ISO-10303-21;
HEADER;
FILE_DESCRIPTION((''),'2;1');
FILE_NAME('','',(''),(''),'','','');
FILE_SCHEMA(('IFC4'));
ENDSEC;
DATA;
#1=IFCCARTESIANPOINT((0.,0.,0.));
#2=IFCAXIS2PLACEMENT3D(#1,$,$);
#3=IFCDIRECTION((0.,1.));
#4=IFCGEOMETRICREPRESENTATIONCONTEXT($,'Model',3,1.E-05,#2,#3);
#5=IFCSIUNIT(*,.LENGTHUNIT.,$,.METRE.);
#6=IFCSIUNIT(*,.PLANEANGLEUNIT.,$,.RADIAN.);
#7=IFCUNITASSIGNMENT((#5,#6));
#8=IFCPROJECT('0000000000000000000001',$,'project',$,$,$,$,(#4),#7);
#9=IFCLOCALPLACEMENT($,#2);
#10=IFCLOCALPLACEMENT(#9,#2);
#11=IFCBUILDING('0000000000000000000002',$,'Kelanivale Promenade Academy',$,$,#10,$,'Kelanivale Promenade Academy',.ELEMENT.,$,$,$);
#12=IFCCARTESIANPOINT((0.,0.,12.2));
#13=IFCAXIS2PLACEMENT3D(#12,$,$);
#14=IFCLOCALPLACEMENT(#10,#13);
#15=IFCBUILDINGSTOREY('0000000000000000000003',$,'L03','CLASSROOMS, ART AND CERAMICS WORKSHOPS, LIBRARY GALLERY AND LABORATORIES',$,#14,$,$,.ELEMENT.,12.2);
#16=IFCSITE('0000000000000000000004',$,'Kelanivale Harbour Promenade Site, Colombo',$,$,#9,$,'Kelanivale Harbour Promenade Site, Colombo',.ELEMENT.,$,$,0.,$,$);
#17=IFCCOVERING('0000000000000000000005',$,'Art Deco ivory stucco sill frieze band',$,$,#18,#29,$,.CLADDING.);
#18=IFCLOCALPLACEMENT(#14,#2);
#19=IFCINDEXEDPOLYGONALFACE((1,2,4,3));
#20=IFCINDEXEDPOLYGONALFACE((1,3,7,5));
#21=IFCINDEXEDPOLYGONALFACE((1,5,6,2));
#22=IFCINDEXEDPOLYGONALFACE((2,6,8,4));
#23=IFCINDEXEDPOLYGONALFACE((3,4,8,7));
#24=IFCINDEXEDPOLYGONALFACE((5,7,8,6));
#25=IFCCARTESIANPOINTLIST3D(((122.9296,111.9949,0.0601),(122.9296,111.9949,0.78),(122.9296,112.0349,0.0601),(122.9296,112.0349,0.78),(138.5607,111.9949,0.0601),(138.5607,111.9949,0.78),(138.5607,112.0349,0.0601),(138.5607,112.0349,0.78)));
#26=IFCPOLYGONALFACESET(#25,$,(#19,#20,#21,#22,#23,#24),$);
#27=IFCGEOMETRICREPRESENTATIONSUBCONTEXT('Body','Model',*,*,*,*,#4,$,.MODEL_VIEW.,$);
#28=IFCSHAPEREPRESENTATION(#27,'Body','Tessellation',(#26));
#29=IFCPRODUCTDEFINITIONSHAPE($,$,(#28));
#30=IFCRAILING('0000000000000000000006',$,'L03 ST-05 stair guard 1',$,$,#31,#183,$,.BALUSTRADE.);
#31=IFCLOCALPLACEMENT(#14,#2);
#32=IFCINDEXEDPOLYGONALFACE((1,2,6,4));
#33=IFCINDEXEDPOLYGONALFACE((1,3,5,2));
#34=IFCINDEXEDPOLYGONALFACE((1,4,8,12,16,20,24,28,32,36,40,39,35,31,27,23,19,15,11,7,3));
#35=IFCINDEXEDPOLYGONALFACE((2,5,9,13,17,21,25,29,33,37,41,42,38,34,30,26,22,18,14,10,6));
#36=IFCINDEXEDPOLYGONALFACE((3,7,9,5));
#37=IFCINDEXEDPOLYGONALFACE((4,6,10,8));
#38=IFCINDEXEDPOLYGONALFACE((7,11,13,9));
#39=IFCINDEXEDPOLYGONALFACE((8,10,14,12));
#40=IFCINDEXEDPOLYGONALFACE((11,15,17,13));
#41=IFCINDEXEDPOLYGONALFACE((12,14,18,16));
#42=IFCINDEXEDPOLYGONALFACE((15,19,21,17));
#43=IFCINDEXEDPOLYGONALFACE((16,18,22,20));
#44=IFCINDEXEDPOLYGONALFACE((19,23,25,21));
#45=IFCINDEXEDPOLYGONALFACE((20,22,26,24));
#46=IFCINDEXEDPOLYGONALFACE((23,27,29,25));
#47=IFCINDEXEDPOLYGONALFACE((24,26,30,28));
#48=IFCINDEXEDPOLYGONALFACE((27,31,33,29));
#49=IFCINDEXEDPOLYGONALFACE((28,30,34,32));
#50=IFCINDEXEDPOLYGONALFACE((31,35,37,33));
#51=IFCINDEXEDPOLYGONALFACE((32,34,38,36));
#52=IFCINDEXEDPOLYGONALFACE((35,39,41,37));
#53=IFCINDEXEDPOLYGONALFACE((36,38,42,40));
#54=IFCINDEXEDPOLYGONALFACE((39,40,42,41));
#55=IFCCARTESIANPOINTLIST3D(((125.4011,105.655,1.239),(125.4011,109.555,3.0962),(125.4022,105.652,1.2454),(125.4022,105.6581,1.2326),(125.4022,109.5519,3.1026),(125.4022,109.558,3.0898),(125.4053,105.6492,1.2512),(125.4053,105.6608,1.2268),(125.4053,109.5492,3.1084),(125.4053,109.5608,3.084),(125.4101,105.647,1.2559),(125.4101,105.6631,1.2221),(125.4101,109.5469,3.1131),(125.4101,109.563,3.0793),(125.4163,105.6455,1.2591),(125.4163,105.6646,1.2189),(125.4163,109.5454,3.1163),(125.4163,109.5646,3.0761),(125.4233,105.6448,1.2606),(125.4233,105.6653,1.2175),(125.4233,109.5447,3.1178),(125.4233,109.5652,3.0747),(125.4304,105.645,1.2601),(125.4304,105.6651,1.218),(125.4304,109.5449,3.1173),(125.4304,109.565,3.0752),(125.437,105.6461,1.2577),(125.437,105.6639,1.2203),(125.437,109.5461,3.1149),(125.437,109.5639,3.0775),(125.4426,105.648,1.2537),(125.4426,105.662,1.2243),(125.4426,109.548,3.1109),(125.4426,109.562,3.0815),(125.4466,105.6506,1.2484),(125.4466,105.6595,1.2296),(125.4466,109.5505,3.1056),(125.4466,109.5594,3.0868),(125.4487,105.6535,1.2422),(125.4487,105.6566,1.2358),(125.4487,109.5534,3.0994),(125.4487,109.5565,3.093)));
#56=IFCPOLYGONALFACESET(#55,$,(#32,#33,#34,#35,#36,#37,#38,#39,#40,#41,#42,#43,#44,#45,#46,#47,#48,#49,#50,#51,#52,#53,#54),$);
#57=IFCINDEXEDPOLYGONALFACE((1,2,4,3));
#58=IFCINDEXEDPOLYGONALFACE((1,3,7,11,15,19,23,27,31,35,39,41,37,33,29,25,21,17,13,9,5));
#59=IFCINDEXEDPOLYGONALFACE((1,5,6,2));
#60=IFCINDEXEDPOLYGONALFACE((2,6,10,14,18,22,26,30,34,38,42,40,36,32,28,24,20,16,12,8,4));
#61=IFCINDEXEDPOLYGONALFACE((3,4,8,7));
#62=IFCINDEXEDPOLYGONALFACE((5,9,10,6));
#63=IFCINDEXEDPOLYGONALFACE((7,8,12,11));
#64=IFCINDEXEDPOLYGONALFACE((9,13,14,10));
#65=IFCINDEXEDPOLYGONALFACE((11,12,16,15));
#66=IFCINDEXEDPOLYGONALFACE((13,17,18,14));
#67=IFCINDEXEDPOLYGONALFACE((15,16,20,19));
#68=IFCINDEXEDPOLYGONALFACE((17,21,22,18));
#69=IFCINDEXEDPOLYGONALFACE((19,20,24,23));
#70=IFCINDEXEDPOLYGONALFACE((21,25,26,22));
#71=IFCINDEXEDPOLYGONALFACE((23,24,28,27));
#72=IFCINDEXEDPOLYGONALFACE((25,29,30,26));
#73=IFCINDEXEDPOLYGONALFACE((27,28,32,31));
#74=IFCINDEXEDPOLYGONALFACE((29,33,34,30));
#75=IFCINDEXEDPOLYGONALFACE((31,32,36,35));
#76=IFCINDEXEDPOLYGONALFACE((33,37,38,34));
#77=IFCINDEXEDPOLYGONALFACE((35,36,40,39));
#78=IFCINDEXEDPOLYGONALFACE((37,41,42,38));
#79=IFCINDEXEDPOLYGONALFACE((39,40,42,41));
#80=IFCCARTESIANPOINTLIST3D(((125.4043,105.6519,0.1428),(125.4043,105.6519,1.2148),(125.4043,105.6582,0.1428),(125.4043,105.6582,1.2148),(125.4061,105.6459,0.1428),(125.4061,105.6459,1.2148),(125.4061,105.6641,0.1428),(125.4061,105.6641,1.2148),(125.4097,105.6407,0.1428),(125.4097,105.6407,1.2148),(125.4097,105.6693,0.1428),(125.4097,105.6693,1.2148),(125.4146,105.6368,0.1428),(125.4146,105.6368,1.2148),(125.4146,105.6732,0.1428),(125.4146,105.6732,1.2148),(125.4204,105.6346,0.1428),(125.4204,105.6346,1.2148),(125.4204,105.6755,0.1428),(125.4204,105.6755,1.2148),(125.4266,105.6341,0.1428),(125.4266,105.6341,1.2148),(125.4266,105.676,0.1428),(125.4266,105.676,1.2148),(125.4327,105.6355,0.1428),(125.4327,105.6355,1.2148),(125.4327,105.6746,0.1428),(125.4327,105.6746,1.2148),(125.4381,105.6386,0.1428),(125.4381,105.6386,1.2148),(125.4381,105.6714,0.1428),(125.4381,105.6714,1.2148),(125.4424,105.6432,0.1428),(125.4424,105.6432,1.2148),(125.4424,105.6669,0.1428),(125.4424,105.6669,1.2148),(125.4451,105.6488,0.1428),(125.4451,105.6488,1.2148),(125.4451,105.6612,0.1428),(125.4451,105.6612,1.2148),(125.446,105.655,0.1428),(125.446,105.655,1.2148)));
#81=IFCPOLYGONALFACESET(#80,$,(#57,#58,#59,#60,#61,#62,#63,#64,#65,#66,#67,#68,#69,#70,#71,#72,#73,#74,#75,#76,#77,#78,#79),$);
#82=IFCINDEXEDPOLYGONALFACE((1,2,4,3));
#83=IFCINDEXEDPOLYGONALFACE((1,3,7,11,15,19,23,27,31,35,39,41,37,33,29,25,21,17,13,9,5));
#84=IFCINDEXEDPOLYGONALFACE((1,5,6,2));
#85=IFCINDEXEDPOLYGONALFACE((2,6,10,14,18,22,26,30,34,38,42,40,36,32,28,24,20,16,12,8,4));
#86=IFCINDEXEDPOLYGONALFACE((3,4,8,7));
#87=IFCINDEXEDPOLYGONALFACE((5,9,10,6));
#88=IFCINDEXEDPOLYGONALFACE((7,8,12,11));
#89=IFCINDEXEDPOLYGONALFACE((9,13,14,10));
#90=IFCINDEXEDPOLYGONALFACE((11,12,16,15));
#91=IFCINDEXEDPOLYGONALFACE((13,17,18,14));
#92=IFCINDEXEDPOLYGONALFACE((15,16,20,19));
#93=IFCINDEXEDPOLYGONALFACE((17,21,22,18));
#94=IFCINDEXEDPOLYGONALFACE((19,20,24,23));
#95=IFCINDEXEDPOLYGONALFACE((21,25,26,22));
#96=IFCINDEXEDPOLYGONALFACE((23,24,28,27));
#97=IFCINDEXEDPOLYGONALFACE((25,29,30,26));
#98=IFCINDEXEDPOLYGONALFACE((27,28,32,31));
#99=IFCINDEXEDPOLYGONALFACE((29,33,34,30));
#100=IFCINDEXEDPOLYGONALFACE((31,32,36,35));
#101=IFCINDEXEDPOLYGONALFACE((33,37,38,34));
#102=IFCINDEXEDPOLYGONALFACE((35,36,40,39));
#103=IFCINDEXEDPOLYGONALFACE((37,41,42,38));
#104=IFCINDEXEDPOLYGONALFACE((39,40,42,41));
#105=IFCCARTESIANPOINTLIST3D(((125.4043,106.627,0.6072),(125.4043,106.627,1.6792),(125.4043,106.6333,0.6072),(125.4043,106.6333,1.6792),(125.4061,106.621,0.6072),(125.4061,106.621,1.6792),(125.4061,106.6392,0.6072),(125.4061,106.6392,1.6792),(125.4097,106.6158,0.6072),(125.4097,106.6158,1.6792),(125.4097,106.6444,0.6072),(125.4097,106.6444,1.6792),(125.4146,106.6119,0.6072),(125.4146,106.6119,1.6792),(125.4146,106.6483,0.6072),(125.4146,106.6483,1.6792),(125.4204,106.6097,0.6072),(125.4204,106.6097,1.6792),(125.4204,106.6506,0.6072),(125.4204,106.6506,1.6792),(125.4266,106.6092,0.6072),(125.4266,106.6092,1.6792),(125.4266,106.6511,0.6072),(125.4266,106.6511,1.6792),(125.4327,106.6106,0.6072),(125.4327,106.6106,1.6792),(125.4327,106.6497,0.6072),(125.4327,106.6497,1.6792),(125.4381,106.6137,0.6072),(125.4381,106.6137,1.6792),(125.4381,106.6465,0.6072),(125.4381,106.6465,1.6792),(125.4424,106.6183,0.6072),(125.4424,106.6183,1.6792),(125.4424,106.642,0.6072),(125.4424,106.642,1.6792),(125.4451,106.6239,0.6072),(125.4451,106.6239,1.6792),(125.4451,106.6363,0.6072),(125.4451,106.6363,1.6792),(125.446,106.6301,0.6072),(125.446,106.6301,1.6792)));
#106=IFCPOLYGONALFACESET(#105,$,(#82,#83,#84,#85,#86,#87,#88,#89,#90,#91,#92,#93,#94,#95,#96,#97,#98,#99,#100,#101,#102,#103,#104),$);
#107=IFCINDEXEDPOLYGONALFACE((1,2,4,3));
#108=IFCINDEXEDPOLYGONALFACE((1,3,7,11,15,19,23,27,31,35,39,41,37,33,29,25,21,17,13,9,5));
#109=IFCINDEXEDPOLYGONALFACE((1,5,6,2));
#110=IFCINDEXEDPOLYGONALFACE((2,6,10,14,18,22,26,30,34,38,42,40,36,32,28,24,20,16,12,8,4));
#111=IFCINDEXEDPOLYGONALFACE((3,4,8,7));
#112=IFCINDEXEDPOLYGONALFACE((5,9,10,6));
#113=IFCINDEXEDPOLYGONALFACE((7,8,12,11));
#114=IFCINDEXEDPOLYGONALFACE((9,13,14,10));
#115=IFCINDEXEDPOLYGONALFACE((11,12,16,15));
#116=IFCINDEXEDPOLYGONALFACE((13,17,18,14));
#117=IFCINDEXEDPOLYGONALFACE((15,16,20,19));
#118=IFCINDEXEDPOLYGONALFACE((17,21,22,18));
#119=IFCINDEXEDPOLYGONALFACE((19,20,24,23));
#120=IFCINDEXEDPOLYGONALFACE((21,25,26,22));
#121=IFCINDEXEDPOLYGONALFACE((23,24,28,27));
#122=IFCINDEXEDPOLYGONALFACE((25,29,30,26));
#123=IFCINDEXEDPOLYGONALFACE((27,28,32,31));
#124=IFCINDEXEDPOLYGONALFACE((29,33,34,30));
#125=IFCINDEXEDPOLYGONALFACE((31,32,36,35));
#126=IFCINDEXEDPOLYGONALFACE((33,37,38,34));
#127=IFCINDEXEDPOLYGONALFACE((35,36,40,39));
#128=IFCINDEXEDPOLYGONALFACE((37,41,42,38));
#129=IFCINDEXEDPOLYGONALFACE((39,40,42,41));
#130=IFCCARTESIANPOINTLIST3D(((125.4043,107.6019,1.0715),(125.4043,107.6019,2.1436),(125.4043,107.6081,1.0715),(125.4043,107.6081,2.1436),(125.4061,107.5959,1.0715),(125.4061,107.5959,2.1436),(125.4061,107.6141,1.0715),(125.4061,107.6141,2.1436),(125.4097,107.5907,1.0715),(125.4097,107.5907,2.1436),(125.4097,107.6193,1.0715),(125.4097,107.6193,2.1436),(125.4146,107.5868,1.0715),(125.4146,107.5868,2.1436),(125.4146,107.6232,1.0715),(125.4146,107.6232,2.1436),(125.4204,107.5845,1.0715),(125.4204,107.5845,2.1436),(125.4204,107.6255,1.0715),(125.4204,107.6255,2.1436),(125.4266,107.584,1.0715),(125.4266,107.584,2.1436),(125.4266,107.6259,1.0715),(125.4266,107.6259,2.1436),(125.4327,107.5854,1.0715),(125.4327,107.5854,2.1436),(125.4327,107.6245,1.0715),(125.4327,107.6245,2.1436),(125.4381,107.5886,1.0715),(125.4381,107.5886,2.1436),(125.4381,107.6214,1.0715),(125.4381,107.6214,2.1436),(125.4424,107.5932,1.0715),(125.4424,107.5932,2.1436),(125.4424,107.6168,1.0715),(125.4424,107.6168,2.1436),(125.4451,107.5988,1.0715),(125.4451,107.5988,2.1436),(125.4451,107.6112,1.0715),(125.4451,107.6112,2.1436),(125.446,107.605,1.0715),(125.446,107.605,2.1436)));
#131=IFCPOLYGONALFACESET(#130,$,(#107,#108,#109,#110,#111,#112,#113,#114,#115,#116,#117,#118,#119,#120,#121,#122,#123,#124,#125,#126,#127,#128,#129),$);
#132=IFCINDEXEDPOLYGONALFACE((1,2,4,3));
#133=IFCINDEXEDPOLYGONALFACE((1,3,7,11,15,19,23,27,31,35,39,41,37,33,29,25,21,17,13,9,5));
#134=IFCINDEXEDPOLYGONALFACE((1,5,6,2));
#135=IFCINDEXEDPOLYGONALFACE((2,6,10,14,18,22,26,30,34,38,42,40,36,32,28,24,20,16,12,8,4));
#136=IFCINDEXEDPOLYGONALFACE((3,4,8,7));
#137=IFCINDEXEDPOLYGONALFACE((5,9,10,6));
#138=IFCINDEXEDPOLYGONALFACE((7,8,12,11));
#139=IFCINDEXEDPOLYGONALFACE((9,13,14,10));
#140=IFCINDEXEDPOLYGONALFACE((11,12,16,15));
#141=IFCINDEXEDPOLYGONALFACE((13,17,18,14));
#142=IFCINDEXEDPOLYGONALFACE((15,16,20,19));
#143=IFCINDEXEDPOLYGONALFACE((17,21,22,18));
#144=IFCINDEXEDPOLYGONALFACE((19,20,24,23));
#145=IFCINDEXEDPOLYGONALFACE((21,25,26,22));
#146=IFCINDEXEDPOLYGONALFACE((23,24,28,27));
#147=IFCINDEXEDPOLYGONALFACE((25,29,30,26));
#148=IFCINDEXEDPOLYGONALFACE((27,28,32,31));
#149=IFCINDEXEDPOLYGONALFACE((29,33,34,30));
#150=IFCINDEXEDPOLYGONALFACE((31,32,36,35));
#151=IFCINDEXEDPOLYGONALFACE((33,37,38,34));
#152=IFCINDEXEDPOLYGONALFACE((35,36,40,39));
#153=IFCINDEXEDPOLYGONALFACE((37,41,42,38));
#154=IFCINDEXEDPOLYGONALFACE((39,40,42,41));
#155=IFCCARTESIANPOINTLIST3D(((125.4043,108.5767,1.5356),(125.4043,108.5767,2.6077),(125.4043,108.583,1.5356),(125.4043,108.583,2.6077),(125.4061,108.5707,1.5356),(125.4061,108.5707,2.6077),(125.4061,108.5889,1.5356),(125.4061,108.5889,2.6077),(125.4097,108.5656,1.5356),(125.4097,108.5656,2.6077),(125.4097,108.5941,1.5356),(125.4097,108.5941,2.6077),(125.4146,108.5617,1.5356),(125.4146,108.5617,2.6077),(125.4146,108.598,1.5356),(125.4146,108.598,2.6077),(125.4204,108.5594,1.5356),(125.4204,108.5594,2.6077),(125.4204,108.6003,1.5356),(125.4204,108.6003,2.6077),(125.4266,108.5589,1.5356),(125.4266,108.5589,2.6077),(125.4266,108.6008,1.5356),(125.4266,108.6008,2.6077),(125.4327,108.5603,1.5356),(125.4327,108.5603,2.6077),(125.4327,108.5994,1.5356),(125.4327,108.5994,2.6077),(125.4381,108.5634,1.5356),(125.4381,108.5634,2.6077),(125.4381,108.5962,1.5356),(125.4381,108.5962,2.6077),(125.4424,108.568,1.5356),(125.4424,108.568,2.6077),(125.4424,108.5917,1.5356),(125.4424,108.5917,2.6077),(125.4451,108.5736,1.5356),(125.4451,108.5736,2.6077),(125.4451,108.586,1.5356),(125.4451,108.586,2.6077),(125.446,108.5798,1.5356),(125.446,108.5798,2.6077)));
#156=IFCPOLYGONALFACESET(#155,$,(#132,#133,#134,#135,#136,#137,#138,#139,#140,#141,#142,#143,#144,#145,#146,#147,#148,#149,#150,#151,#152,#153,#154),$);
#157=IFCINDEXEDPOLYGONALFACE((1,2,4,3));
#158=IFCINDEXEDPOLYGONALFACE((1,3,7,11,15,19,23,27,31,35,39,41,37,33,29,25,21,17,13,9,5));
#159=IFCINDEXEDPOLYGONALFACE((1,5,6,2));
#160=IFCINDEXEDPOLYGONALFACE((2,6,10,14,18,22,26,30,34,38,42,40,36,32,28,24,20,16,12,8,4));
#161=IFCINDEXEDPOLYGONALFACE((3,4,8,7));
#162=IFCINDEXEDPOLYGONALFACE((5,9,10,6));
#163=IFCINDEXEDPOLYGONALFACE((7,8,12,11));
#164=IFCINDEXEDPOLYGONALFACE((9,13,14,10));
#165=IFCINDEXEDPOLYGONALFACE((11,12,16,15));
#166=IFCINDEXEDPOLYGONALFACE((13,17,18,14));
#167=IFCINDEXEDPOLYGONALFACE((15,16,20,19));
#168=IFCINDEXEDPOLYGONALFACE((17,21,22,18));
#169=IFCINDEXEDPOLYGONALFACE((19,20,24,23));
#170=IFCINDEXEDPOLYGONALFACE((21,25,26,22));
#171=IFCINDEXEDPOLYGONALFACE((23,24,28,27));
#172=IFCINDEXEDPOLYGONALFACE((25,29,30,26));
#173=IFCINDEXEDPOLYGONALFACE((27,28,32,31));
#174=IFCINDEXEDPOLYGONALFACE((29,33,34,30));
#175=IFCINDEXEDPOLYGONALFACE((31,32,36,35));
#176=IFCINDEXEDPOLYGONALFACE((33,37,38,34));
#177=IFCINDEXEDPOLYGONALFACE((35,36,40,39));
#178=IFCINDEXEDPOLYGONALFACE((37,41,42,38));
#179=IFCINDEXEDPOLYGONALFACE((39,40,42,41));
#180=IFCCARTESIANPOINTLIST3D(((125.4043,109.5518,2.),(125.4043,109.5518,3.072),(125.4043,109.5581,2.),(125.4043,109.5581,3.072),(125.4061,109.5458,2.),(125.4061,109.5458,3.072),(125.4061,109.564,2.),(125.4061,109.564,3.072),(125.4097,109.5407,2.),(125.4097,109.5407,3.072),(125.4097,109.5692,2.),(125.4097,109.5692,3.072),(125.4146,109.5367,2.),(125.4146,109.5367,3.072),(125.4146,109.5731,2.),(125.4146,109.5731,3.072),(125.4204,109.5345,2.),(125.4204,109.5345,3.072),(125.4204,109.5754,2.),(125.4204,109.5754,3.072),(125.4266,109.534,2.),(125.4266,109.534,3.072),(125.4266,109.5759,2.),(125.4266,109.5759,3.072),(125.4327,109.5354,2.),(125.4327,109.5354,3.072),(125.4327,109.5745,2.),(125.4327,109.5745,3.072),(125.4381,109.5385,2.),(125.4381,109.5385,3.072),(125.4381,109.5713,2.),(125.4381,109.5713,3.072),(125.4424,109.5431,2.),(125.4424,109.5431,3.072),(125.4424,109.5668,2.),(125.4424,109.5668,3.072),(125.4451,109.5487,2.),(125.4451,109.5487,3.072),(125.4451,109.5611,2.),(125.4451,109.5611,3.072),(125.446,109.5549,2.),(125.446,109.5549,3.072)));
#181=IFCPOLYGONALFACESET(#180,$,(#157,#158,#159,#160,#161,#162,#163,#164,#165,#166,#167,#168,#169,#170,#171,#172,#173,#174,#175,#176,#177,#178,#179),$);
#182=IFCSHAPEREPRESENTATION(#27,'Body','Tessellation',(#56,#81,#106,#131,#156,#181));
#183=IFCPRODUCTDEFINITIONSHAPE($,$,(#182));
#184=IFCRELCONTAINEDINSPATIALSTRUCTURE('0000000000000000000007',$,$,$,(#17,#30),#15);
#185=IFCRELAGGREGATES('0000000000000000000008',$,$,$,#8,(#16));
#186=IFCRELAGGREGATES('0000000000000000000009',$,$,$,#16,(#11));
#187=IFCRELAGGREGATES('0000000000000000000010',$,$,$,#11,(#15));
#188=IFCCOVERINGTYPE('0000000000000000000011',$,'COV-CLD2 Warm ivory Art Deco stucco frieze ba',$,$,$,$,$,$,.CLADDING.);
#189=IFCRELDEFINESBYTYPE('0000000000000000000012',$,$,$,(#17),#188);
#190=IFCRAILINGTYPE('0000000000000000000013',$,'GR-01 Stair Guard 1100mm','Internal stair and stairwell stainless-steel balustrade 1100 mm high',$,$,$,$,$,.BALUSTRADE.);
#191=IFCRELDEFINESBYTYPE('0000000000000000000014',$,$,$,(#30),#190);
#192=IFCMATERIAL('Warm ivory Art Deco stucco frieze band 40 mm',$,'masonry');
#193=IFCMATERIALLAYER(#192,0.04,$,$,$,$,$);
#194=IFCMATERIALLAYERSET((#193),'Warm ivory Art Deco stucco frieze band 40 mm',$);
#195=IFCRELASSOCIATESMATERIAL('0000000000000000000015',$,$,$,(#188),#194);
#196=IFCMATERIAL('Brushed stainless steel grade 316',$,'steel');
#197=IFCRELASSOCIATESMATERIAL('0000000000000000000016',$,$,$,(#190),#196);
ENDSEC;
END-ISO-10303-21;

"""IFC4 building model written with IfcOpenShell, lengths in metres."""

from ifc_helpers import new_model, si_unit, direction, frame, origin, origin_2d, place, context, subcontext, project, spatial, rectangle, circle, extrude, material, layer, layer_set, type_object, element, save


model = new_model("IFC4")

# Units and contexts
model_context = context("Model", 3, precision=1e-05, world=origin(), true_north=direction((0.0, 1.0)))
body_context = subcontext(model_context, "Body", "Model", "MODEL_VIEW")
ifc_project = project(units=[si_unit("LENGTHUNIT", "METRE"), si_unit("PLANEANGLEUNIT", "RADIAN")], contexts=[model_context])

# Site, building, storey
site_placement = place(None, origin())
site = spatial("IfcSite", under=ifc_project, at=site_placement, Name="Kelanivale Harbour Promenade Site, Colombo", LongName="Kelanivale Harbour Promenade Site, Colombo", CompositionType="ELEMENT", RefElevation=0.0)
building_placement = place(site_placement, origin())
building = spatial("IfcBuilding", under=site, at=building_placement, Name="Kelanivale Promenade Academy", LongName="Kelanivale Promenade Academy", CompositionType="ELEMENT")
storey_placement = place(building_placement, frame((0.0, 0.0, 12.2)))
storey = spatial("IfcBuildingStorey", under=building, at=storey_placement, Name="L03", Description="CLASSROOMS, ART AND CERAMICS WORKSHOPS, LIBRARY GALLERY AND LABORATORIES", CompositionType="ELEMENT", Elevation=12.2)

# Covering
ifc_material_1 = material(Name="Warm ivory Art Deco stucco frieze band 40 mm", Category="masonry")
ifc_layer_1 = layer(ifc_material_1, 0.04)
ifc_layer_set_1 = layer_set([ifc_layer_1], Name="Warm ivory Art Deco stucco frieze band 40 mm")
covering_type = type_object("IfcCoveringType", Name="COV-CLD2 Warm ivory Art Deco stucco frieze ba", PredefinedType="CLADDING", material=ifc_layer_set_1)
covering_1_placement = place(storey_placement, frame((130.7451, 112.0149, 0.0601), z_axis=(0.0, 0.0, 1.0), x_axis=(-1.0, 0.0, 0.0)))
element("IfcCovering", 1, at=covering_1_placement, inside=storey, type_object=covering_type, Name="Art Deco ivory stucco sill frieze band", PredefinedType="CLADDING", context=body_context, shape_type="SweptSolid", body=[
    extrude(rectangle(XDim=15.6311, YDim=0.04, at=origin_2d()), origin(), (0.0, 0.0, 1.0), 0.72),
])

# Railing
ifc_material_2 = material(Name="Brushed stainless steel grade 316", Category="steel")
railing_type_1 = type_object("IfcRailingType", Name="GR-01 Stair Guard 1100mm", Description="Internal stair and stairwell stainless-steel balustrade 1100 mm high", PredefinedType="BALUSTRADE", material=ifc_material_2)
railing_1_placement = place(storey_placement, frame((125.425, 105.655, 0.1428)))
element("IfcRailing", 2, at=railing_1_placement, inside=storey, type_object=railing_type_1, Name="L03 ST-05 stair guard 1", PredefinedType="BALUSTRADE", context=body_context, shape_type="SweptSolid", body=[
    extrude(circle(Radius=0.0239, at=origin_2d()), frame((0.0, 0.0, 1.0962), z_axis=(0.0, 0.902853, 0.429949), x_axis=(-1.0, 0.0, 0.0)), (0.0, 0.0, 1.0), 4.3196),
    extrude(circle(Radius=0.021, at=origin_2d()), origin(), (0.0, 0.0, 1.0), 1.072),
    extrude(circle(Radius=0.021, at=origin_2d()), frame((0.0, 0.9751, 0.4644)), (0.0, 0.0, 1.0), 1.072),
    extrude(circle(Radius=0.021, at=origin_2d()), frame((0.0, 1.95, 0.9287)), (0.0, 0.0, 1.0), 1.072),
    extrude(circle(Radius=0.021, at=origin_2d()), frame((0.0, 2.9248, 1.3928)), (0.0, 0.0, 1.0), 1.072),
    extrude(circle(Radius=0.021, at=origin_2d()), frame((0.0, 3.8999, 1.8572)), (0.0, 0.0, 1.0), 1.072),
])

save(model, "model.ifc")
